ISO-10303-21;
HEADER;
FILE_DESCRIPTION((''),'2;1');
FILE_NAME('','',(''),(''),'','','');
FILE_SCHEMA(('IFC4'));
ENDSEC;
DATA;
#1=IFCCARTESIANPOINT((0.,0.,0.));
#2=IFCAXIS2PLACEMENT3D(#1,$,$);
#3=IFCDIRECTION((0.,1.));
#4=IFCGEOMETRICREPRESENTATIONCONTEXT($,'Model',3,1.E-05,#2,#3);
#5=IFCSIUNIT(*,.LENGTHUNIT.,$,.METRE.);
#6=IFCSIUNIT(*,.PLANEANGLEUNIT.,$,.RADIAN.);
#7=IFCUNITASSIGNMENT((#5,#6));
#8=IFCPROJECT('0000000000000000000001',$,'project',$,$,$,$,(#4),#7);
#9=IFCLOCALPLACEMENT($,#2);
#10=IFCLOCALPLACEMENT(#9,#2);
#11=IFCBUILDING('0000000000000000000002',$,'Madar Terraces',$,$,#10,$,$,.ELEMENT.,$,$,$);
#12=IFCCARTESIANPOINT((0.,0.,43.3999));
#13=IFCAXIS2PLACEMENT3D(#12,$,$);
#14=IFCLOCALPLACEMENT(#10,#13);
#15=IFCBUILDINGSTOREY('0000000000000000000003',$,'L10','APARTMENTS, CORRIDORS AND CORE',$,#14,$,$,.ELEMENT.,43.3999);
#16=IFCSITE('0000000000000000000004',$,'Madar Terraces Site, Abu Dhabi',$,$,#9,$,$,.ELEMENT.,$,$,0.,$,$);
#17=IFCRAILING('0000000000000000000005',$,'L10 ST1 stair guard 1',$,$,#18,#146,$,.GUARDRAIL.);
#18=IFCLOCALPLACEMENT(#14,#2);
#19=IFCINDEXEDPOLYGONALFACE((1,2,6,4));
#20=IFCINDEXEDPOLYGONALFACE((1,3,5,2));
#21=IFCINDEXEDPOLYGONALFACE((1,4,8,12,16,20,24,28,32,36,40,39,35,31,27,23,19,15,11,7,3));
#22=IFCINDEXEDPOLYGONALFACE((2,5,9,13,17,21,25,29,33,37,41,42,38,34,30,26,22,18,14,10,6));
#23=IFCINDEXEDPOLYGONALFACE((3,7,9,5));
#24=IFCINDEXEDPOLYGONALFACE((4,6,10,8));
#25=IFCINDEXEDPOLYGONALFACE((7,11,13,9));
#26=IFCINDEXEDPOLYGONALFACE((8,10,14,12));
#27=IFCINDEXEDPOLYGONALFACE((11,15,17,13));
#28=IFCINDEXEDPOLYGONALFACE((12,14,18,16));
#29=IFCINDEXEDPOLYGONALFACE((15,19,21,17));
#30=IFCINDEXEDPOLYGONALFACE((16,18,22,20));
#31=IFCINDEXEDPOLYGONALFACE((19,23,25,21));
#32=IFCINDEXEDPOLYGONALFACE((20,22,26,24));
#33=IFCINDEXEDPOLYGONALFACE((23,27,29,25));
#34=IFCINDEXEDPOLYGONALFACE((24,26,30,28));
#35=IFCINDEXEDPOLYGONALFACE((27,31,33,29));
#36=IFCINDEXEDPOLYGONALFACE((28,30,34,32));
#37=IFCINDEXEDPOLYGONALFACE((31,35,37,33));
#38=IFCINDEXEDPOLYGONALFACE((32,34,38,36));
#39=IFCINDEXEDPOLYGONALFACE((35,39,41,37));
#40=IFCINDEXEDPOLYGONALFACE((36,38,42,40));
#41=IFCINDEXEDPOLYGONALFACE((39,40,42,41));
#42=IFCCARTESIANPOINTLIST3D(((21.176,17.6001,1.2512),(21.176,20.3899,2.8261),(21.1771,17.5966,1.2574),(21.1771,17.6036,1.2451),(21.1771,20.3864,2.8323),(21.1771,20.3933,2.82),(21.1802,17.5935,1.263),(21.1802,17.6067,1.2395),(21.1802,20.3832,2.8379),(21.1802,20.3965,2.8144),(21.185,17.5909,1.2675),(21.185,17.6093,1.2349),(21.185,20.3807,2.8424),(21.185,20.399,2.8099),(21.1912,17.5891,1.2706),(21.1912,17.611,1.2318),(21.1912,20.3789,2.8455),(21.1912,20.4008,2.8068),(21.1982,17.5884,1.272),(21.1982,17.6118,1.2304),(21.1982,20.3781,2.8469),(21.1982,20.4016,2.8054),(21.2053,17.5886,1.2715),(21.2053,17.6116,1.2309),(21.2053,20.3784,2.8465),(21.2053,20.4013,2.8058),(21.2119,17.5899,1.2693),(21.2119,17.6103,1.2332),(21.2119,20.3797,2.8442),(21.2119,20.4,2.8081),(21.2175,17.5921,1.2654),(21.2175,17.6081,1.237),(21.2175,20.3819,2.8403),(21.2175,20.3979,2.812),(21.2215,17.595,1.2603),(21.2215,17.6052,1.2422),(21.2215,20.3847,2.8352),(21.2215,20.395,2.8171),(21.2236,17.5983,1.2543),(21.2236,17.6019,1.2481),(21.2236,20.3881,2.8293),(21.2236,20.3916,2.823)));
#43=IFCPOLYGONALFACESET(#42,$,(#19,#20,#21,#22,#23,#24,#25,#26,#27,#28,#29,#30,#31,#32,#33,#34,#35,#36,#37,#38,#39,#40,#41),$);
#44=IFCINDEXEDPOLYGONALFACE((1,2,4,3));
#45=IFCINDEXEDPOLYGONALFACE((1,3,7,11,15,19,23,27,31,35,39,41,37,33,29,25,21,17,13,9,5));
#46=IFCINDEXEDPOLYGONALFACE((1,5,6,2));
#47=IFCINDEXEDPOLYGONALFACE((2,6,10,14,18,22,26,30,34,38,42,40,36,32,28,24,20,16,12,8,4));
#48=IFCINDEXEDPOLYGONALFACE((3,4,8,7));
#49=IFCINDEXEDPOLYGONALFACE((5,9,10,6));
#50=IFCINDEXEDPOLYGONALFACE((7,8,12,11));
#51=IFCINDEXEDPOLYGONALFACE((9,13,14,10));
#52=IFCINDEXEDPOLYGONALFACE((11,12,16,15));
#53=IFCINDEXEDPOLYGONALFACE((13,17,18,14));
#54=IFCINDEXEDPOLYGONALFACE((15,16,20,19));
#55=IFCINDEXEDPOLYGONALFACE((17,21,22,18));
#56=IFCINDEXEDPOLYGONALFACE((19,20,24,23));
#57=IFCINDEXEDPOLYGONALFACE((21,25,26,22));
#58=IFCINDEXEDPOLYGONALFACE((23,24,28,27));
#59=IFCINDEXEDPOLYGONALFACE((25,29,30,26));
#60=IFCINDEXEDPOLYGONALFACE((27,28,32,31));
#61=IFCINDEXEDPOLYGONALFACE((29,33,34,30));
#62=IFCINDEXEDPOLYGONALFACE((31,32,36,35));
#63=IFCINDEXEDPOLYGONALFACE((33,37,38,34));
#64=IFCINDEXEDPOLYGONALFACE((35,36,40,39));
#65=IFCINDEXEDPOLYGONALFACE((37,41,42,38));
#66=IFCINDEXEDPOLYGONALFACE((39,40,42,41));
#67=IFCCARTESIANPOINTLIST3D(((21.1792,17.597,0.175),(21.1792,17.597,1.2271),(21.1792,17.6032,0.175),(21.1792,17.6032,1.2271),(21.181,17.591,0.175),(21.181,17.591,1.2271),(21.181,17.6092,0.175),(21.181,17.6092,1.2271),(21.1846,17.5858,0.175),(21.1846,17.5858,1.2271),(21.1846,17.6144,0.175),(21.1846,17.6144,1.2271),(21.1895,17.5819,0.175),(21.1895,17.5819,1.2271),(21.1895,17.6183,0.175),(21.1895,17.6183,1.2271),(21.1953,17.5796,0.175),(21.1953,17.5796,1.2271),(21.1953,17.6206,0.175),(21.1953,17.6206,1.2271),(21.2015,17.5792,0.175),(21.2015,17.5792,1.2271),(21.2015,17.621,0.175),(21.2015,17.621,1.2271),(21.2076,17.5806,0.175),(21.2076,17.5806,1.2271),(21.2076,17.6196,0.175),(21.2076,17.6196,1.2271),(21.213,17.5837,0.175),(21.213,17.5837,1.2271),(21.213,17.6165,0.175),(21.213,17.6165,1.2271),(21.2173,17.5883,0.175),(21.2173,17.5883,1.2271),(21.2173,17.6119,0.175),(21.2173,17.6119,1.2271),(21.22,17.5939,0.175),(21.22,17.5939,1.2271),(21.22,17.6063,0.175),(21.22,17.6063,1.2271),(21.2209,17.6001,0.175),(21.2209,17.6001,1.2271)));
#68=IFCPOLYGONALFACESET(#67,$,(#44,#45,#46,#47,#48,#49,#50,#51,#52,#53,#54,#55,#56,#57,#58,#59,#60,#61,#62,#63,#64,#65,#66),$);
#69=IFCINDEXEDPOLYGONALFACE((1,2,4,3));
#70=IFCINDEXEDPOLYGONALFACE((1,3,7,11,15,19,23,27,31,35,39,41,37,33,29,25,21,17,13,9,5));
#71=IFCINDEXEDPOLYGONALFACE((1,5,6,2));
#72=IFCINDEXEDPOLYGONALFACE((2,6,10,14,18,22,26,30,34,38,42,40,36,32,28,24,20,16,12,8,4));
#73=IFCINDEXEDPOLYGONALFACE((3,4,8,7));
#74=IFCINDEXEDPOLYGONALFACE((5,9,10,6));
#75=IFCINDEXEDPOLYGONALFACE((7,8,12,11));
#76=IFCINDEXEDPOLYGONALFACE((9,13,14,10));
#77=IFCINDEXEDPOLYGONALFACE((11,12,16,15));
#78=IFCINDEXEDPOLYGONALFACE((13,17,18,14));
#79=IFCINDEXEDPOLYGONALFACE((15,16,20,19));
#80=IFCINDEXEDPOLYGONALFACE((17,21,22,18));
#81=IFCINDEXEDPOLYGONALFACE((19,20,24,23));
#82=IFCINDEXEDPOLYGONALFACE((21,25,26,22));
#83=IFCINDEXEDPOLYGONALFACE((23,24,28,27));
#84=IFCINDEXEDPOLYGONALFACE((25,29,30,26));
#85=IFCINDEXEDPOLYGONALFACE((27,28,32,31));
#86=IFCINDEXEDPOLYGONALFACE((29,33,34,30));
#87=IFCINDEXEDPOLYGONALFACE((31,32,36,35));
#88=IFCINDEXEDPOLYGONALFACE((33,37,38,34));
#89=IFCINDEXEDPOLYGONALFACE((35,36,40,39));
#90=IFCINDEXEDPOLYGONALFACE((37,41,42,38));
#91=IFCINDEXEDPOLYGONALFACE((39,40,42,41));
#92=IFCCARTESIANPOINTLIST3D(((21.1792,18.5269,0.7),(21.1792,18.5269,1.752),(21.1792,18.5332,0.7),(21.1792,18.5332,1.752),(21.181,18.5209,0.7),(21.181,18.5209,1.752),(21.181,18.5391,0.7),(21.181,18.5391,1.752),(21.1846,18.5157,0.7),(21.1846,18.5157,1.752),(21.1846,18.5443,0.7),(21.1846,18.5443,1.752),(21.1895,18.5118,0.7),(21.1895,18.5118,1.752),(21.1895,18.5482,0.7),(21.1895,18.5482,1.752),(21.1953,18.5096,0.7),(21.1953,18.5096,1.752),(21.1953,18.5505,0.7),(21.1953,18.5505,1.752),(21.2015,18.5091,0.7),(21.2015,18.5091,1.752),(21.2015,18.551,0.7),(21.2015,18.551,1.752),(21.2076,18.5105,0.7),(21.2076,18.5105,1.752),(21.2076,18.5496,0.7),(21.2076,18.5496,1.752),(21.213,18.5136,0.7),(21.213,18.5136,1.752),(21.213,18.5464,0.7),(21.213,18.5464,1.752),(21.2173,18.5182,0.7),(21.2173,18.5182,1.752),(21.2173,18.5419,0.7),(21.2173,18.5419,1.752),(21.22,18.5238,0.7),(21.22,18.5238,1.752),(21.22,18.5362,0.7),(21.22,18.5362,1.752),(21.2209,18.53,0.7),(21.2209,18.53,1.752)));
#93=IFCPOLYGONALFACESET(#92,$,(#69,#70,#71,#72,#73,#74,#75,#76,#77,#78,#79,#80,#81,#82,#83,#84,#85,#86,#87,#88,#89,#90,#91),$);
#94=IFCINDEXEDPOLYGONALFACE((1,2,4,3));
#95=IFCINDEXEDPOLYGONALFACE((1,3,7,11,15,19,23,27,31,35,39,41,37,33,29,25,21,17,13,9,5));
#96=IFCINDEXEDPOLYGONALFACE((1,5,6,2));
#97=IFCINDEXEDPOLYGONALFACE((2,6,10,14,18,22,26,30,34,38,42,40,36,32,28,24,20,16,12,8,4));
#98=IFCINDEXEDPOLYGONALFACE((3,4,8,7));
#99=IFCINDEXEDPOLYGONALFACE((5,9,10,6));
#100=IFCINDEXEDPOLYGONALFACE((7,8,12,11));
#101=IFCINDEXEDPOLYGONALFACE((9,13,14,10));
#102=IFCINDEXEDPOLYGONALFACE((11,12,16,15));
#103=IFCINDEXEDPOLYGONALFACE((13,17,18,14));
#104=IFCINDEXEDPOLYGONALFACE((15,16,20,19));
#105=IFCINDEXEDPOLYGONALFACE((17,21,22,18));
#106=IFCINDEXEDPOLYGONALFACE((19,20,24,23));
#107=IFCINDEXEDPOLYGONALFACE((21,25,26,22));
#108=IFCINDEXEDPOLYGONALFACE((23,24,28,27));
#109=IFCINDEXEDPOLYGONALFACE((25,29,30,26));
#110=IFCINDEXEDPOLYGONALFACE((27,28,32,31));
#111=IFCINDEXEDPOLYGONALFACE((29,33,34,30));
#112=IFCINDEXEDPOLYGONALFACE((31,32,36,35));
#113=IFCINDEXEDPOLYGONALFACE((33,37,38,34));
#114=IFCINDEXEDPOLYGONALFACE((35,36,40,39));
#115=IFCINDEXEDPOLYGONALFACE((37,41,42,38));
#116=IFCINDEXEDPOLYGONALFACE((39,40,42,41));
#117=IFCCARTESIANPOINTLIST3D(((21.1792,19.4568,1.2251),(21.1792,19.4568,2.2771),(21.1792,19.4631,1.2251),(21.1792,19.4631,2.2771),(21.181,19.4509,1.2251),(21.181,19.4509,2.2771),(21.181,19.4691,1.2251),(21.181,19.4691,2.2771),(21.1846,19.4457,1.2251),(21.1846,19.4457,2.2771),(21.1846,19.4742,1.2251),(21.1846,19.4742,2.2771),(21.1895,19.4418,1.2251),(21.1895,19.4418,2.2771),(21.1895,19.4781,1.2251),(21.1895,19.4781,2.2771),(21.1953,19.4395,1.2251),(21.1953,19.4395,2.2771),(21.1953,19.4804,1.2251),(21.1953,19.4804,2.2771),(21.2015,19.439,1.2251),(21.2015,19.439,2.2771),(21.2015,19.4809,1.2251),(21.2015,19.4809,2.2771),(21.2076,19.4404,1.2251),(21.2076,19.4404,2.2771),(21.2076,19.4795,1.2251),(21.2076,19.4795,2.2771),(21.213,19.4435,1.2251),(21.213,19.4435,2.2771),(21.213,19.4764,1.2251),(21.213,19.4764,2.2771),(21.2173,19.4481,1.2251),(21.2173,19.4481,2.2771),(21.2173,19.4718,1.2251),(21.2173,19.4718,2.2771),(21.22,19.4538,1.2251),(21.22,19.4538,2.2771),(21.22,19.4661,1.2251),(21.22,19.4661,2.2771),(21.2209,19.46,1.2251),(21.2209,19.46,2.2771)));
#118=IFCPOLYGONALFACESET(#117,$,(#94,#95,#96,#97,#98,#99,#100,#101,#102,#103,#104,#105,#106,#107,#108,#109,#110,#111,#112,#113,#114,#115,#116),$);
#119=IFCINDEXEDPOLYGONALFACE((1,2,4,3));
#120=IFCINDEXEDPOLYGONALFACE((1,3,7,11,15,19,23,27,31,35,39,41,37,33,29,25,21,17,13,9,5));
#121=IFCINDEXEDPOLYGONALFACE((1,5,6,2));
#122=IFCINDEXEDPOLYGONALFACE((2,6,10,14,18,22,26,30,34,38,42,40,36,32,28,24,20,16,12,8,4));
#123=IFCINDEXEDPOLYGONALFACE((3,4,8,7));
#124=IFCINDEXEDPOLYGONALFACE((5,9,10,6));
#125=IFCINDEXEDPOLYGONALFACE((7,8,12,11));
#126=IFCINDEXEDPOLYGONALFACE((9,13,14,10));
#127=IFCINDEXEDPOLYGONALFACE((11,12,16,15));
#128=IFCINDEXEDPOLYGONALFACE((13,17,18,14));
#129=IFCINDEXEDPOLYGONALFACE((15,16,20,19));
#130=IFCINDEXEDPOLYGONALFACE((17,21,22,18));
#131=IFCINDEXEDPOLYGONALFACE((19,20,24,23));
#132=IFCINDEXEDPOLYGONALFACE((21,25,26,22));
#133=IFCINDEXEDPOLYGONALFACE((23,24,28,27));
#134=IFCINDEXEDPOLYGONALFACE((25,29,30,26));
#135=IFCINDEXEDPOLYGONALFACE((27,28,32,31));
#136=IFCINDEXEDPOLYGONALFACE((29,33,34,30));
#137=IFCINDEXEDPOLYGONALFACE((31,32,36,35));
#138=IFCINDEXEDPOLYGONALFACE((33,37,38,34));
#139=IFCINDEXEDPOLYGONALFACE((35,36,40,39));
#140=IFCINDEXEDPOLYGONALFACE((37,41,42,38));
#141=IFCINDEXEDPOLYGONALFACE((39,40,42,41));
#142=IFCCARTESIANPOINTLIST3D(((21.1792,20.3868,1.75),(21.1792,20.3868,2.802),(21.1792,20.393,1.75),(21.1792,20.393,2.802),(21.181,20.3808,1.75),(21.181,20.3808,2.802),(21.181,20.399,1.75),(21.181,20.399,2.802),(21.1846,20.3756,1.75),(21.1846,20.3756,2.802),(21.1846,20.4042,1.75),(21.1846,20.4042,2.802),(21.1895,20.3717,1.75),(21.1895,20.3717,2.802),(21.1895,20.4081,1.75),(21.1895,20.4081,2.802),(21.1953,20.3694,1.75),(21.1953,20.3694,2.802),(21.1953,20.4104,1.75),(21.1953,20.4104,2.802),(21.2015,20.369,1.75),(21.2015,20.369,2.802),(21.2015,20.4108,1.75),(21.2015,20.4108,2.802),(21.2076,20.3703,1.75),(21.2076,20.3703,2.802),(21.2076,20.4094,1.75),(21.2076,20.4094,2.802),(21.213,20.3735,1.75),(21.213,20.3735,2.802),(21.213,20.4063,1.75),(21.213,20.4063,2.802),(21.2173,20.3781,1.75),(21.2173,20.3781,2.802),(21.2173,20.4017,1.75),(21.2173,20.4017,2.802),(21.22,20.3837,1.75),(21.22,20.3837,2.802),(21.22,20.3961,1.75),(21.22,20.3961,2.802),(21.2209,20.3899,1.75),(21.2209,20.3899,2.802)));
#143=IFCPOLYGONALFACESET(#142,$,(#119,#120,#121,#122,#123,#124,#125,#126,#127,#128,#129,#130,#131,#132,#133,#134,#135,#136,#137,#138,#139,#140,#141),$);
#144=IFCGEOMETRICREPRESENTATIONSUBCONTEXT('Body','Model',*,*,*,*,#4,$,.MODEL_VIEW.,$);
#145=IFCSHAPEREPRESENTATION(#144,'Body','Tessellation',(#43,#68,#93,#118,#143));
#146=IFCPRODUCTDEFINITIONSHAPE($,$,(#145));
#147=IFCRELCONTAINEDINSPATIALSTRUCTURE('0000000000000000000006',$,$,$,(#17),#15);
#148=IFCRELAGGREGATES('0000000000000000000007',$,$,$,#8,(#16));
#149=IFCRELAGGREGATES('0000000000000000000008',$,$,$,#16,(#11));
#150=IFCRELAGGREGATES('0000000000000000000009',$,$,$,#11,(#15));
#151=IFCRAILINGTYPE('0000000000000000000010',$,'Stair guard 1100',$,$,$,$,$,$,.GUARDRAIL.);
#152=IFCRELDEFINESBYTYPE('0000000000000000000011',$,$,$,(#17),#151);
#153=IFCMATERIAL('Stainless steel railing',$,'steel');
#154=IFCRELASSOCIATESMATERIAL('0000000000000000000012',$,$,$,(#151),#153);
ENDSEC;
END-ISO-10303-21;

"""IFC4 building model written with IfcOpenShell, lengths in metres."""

from ifc_helpers import new_model, si_unit, direction, frame, origin, origin_2d, place, context, subcontext, project, spatial, circle, extrude, material, type_object, element, save


model = new_model("IFC4")

# Units and contexts
model_context = context("Model", 3, precision=1e-05, world=origin(), true_north=direction((0.0, 1.0)))
body_context = subcontext(model_context, "Body", "Model", "MODEL_VIEW")
ifc_project = project(units=[si_unit("LENGTHUNIT", "METRE"), si_unit("PLANEANGLEUNIT", "RADIAN")], contexts=[model_context])

# Site, building, storey
site_placement = place(None, origin())
site = spatial("IfcSite", under=ifc_project, at=site_placement, Name="Madar Terraces Site, Abu Dhabi", CompositionType="ELEMENT", RefElevation=0.0)
building_placement = place(site_placement, origin())
building = spatial("IfcBuilding", under=site, at=building_placement, Name="Madar Terraces", CompositionType="ELEMENT")
storey_placement = place(building_placement, frame((0.0, 0.0, 43.3999)))
storey = spatial("IfcBuildingStorey", under=building, at=storey_placement, Name="L10", Description="APARTMENTS, CORRIDORS AND CORE", CompositionType="ELEMENT", Elevation=43.3999)

# Railing
ifc_material_1 = material(Name="Stainless steel railing", Category="steel")
railing_type_1 = type_object("IfcRailingType", Name="Stair guard 1100", PredefinedType="GUARDRAIL", material=ifc_material_1)
railing_1_placement = place(storey_placement, frame((21.2, 17.6001, 0.175)))
element("IfcRailing", 1, at=railing_1_placement, inside=storey, type_object=railing_type_1, Name="L10 ST1 stair guard 1", PredefinedType="GUARDRAIL", context=body_context, shape_type="SweptSolid", body=[
    extrude(circle(Radius=0.0239, at=origin_2d()), frame((0.0, 0.0, 1.0762), z_axis=(0.0, 0.870815, 0.49161), x_axis=(-1.0, 0.0, 0.0)), (0.0, 0.0, 1.0), 3.2036),
    extrude(circle(Radius=0.021, at=origin_2d()), origin(), (0.0, 0.0, 1.0), 1.052),
    extrude(circle(Radius=0.021, at=origin_2d()), frame((0.0, 0.9299, 0.5249)), (0.0, 0.0, 1.0), 1.052),
    extrude(circle(Radius=0.021, at=origin_2d()), frame((0.0, 1.8599, 1.05)), (0.0, 0.0, 1.0), 1.052),
    extrude(circle(Radius=0.021, at=origin_2d()), frame((0.0, 2.7898, 1.575)), (0.0, 0.0, 1.0), 1.052),
])

save(model, "model.ifc")
